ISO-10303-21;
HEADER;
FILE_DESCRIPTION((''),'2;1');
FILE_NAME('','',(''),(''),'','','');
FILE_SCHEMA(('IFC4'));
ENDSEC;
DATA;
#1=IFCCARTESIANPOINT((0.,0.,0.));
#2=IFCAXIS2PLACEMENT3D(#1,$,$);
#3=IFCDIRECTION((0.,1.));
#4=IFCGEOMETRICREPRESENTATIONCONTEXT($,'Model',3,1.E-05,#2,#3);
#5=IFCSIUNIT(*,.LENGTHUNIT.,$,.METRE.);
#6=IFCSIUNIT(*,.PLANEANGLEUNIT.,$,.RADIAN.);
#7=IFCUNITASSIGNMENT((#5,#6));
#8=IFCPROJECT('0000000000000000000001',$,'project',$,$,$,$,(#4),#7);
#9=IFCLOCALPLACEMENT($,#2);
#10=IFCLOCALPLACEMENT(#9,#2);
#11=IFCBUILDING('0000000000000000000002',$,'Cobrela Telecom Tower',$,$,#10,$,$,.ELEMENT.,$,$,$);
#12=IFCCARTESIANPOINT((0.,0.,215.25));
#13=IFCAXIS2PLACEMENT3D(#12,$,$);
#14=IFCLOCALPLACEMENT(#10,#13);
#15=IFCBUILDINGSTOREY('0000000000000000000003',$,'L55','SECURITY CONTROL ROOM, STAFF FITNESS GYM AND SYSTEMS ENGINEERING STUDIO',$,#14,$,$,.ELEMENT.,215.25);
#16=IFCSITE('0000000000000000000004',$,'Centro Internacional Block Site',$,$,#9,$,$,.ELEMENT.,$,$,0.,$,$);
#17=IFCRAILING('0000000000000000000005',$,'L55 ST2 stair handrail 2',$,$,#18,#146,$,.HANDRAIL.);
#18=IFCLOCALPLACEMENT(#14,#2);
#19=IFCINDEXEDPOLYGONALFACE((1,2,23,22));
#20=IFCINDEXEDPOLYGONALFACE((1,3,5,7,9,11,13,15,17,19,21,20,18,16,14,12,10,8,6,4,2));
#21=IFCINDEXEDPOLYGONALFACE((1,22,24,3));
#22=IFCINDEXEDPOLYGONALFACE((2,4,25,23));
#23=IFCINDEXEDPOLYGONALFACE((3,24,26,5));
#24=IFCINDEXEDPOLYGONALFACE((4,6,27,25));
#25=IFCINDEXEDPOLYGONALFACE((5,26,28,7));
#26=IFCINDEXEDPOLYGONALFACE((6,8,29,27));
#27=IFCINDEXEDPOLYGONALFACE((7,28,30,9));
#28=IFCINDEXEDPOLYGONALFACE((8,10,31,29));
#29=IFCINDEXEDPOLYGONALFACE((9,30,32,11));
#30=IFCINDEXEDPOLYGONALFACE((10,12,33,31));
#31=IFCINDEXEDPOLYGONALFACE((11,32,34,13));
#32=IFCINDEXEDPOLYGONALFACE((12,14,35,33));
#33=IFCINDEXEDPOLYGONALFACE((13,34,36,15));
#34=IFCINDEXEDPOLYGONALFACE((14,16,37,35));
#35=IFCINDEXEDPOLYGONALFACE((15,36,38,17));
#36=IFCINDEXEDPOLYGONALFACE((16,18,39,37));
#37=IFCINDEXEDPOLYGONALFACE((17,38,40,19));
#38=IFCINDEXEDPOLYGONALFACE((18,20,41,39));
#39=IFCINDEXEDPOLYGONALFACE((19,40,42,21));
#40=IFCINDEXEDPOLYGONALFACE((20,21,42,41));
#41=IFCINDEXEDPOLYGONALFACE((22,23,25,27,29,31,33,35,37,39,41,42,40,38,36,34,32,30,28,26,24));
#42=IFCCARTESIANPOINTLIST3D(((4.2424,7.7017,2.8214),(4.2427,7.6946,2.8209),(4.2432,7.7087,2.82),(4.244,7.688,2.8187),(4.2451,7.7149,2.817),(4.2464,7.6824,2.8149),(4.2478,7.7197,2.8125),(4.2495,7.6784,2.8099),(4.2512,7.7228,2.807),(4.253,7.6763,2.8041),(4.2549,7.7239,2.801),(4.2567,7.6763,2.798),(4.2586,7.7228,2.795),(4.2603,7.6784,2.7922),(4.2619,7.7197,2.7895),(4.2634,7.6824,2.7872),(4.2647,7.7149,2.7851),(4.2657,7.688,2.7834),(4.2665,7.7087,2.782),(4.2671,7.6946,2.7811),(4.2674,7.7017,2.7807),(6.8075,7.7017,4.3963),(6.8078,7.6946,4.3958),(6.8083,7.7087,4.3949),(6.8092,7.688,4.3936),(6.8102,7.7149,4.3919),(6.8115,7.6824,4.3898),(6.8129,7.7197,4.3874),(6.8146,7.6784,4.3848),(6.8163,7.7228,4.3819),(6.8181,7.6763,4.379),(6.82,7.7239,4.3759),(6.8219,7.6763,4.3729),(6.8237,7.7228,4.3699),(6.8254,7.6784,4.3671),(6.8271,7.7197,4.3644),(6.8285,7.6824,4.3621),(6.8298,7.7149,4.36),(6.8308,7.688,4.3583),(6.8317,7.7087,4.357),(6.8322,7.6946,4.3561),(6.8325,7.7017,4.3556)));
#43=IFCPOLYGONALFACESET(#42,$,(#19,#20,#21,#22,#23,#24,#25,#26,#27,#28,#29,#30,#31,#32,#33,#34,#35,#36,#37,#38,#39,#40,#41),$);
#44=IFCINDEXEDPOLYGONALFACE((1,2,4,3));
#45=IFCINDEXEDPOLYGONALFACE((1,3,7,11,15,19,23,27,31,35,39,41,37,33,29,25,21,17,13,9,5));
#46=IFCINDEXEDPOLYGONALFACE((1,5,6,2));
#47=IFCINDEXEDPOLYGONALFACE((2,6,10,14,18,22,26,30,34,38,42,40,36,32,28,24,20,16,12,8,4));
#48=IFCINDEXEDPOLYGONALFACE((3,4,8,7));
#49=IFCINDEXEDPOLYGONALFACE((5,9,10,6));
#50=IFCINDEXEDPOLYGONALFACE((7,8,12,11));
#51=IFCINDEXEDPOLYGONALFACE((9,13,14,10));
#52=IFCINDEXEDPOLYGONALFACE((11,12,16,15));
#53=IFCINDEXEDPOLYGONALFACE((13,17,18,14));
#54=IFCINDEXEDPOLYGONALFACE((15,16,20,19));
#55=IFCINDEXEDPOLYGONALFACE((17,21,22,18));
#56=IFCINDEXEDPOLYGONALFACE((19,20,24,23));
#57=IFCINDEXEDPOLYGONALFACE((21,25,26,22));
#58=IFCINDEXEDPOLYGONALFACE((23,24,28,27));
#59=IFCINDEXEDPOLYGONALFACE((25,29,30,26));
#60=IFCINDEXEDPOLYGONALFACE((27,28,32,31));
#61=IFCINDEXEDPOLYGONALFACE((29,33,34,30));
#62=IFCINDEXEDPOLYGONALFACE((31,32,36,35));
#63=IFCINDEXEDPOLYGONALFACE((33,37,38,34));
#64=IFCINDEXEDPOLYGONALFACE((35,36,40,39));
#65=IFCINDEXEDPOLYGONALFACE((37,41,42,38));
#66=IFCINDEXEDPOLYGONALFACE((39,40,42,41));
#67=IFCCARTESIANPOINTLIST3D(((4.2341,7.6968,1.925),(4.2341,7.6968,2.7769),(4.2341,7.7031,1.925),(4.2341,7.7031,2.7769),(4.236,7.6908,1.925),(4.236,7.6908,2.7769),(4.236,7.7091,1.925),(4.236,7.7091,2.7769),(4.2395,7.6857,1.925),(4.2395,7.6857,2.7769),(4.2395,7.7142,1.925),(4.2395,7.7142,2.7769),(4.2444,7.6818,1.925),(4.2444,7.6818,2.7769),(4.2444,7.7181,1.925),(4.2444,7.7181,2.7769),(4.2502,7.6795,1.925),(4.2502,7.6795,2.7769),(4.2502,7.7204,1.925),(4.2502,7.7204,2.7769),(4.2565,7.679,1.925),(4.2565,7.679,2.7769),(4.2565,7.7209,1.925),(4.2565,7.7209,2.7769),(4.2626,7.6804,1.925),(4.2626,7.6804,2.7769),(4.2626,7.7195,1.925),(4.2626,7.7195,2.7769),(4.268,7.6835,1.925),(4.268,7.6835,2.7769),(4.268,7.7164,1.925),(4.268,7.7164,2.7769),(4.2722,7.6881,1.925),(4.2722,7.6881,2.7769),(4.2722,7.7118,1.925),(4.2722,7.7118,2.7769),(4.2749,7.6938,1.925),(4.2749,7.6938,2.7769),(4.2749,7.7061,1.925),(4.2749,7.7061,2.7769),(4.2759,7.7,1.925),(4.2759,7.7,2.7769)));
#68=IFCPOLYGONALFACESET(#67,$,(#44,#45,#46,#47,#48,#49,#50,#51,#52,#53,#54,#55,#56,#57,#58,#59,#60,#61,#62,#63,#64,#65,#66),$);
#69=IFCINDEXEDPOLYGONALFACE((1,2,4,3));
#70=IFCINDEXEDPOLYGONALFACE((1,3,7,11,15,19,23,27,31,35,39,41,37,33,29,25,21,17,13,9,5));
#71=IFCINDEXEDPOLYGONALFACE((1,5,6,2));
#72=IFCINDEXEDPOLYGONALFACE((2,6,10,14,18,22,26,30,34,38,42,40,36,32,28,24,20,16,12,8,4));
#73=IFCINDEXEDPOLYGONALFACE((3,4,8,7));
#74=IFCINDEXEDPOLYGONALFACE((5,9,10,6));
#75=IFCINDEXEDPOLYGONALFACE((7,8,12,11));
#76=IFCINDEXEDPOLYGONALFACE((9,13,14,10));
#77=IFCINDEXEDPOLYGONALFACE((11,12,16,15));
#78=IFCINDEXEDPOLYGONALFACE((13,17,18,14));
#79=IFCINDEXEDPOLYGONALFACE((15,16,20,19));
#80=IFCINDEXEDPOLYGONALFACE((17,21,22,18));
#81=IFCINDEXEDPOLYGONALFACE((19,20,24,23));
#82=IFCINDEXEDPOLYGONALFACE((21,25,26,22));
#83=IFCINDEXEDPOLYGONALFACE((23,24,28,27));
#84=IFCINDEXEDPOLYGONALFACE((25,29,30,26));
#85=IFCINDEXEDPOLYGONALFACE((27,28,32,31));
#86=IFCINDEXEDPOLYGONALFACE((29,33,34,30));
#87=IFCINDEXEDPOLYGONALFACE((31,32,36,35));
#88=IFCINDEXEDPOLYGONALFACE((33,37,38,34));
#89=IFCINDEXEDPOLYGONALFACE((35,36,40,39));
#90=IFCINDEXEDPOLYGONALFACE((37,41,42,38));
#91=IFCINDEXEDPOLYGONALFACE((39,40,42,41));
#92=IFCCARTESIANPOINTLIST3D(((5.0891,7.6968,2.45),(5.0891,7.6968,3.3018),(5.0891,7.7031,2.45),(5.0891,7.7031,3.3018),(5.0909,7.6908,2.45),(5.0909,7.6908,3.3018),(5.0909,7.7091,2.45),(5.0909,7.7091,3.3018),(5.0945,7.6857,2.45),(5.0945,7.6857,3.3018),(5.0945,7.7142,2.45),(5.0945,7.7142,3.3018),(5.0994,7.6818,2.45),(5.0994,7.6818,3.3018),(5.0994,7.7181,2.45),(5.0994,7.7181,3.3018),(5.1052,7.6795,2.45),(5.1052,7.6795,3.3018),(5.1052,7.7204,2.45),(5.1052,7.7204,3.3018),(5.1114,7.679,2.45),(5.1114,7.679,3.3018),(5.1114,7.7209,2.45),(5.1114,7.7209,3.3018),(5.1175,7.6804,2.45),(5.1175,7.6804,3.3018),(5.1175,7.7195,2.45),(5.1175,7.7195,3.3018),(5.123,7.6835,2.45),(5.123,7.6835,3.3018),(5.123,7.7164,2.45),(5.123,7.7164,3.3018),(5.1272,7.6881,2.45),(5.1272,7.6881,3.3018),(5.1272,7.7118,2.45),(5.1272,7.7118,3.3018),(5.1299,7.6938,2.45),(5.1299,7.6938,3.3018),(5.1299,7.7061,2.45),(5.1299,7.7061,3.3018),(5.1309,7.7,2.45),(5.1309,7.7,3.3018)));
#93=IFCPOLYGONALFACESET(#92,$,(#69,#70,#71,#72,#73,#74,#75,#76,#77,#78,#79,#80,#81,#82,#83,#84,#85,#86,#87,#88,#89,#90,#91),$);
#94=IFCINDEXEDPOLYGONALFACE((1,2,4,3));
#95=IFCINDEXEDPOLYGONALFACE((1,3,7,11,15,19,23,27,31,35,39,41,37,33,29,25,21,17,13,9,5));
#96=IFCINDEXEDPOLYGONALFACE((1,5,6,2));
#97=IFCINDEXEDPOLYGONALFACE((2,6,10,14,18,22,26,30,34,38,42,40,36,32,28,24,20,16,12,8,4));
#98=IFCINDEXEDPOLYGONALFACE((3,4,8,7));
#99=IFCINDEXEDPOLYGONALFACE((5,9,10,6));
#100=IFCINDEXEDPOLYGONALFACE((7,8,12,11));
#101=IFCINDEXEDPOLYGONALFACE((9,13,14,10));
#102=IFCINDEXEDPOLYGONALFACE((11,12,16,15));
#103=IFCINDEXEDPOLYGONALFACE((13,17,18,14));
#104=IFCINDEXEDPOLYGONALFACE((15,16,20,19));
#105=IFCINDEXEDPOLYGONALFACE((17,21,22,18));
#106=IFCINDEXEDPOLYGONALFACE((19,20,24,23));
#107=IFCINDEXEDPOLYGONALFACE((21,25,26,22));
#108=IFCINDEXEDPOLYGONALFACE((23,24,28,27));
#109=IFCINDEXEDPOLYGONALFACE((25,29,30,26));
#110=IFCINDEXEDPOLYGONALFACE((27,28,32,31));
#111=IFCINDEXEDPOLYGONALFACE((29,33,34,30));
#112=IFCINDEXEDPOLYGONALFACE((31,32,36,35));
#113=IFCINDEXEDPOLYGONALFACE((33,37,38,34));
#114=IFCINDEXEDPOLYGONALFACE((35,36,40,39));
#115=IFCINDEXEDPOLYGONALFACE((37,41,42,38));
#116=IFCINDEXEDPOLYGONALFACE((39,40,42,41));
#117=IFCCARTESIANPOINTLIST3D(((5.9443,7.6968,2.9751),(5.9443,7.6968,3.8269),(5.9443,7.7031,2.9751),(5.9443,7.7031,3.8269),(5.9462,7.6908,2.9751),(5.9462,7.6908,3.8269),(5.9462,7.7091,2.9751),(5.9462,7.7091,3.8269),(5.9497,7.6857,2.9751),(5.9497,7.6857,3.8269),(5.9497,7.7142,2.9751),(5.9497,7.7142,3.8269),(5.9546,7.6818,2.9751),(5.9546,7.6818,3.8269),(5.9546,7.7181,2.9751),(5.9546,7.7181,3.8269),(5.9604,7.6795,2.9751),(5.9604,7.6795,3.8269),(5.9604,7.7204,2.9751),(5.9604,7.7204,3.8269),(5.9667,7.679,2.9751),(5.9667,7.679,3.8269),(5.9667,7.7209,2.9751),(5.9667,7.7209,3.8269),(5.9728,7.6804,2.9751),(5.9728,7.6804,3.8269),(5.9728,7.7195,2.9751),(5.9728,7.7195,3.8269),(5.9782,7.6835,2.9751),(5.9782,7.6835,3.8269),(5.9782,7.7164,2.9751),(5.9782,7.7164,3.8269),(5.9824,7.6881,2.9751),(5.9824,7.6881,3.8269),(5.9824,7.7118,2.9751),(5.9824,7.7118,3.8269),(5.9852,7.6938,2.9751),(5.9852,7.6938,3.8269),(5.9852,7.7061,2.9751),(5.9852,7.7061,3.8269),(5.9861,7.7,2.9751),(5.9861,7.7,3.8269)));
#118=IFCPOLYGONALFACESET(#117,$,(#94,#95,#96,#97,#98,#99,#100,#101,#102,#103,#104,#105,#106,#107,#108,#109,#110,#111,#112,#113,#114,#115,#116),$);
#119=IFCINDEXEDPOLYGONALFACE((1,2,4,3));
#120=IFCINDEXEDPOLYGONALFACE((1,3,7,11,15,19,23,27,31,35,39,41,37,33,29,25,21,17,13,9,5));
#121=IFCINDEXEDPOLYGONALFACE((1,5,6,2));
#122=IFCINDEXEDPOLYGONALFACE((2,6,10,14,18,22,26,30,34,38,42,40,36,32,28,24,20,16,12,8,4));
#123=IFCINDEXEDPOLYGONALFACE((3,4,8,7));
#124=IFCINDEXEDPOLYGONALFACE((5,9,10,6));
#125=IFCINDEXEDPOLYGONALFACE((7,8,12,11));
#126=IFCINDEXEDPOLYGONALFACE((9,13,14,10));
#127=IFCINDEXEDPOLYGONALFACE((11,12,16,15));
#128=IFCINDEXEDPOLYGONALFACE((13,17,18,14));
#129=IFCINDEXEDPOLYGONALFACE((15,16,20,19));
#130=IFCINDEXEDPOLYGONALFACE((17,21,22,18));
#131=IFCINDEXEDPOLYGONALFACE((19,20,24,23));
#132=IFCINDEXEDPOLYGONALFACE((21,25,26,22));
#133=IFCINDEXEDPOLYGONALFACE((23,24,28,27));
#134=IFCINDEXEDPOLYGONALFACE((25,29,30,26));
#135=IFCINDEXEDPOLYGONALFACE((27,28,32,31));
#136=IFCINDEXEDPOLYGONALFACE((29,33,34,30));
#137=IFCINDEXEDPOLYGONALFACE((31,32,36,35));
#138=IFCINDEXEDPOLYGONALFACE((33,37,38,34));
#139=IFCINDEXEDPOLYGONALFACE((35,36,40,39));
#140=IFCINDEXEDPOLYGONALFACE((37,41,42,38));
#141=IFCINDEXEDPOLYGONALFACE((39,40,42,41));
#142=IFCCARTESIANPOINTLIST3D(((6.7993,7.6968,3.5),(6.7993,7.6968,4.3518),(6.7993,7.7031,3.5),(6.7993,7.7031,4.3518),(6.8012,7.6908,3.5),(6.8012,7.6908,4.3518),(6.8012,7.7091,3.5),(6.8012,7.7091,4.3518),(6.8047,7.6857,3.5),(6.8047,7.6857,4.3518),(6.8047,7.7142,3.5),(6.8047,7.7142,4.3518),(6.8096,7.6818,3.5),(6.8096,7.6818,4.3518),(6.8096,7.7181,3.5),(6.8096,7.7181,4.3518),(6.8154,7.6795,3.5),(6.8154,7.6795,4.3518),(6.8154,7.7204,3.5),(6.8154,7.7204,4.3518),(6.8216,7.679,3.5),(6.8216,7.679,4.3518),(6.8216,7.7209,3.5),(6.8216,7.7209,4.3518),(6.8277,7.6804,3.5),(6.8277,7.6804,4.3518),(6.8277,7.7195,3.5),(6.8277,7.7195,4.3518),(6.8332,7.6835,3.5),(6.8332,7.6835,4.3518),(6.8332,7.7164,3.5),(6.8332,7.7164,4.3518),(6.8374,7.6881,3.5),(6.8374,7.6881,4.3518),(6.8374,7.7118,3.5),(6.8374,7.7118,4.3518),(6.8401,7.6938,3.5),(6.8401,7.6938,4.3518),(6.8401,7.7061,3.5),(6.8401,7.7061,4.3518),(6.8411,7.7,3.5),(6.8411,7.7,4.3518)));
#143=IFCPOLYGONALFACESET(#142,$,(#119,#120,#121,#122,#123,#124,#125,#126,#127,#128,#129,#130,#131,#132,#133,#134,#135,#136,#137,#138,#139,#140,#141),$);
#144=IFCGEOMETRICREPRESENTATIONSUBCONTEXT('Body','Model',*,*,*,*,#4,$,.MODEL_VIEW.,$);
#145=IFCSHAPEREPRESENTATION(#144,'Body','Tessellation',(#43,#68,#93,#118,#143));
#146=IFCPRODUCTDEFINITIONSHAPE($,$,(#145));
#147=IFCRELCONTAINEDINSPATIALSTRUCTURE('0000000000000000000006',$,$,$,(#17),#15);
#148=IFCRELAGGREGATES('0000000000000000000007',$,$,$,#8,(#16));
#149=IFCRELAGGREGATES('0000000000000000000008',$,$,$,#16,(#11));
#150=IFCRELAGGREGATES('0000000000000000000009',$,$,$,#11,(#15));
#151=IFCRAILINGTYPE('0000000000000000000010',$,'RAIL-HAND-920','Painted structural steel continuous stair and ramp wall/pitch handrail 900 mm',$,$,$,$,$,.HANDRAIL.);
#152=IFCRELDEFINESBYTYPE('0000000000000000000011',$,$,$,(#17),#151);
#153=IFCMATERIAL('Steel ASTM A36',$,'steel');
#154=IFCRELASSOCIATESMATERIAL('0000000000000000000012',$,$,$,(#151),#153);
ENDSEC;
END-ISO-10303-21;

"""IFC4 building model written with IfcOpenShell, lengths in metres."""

from ifc_helpers import new_model, si_unit, direction, frame, origin, origin_2d, place, context, subcontext, project, spatial, circle, extrude, material, type_object, element, save


model = new_model("IFC4")

# Units and contexts
model_context = context("Model", 3, precision=1e-05, world=origin(), true_north=direction((0.0, 1.0)))
body_context = subcontext(model_context, "Body", "Model", "MODEL_VIEW")
ifc_project = project(units=[si_unit("LENGTHUNIT", "METRE"), si_unit("PLANEANGLEUNIT", "RADIAN")], contexts=[model_context])

# Site, building, storey
site_placement = place(None, origin())
site = spatial("IfcSite", under=ifc_project, at=site_placement, Name="Centro Internacional Block Site", CompositionType="ELEMENT", RefElevation=0.0)
building_placement = place(site_placement, origin())
building = spatial("IfcBuilding", under=site, at=building_placement, Name="Cobrela Telecom Tower", CompositionType="ELEMENT")
storey_placement = place(building_placement, frame((0.0, 0.0, 215.25)))
storey = spatial("IfcBuildingStorey", under=building, at=storey_placement, Name="L55", Description="SECURITY CONTROL ROOM, STAFF FITNESS GYM AND SYSTEMS ENGINEERING STUDIO", CompositionType="ELEMENT", Elevation=215.25)

# Railing
ifc_material_1 = material(Name="Steel ASTM A36", Category="steel")
railing_type_1 = type_object("IfcRailingType", Name="RAIL-HAND-920", Description="Painted structural steel continuous stair and ramp wall/pitch handrail 900 mm", PredefinedType="HANDRAIL", material=ifc_material_1)
railing_1_placement = place(storey_placement, frame((4.2549, 7.7, 1.925)))
element("IfcRailing", 1, at=railing_1_placement, inside=storey, type_object=railing_type_1, Name="L55 ST2 stair handrail 2", PredefinedType="HANDRAIL", context=body_context, shape_type="SweptSolid", body=[
    extrude(circle(Radius=0.0239, at=origin_2d()), frame((0.0, 0.0, 0.876), z_axis=(0.852195, 0.0, 0.523224), x_axis=(0.0, 1.0, 0.0)), (0.0, 0.0, 1.0), 3.01),
    extrude(circle(Radius=0.021, at=origin_2d()), origin(), (0.0, 0.0, 1.0), 0.8518),
    extrude(circle(Radius=0.021, at=origin_2d()), frame((0.855, 0.0, 0.5249)), (0.0, 0.0, 1.0), 0.8518),
    extrude(circle(Radius=0.021, at=origin_2d()), frame((1.7102, 0.0, 1.05)), (0.0, 0.0, 1.0), 0.8518),
    extrude(circle(Radius=0.021, at=origin_2d()), frame((2.5652, 0.0, 1.575)), (0.0, 0.0, 1.0), 0.8518),
])

save(model, "model.ifc")
